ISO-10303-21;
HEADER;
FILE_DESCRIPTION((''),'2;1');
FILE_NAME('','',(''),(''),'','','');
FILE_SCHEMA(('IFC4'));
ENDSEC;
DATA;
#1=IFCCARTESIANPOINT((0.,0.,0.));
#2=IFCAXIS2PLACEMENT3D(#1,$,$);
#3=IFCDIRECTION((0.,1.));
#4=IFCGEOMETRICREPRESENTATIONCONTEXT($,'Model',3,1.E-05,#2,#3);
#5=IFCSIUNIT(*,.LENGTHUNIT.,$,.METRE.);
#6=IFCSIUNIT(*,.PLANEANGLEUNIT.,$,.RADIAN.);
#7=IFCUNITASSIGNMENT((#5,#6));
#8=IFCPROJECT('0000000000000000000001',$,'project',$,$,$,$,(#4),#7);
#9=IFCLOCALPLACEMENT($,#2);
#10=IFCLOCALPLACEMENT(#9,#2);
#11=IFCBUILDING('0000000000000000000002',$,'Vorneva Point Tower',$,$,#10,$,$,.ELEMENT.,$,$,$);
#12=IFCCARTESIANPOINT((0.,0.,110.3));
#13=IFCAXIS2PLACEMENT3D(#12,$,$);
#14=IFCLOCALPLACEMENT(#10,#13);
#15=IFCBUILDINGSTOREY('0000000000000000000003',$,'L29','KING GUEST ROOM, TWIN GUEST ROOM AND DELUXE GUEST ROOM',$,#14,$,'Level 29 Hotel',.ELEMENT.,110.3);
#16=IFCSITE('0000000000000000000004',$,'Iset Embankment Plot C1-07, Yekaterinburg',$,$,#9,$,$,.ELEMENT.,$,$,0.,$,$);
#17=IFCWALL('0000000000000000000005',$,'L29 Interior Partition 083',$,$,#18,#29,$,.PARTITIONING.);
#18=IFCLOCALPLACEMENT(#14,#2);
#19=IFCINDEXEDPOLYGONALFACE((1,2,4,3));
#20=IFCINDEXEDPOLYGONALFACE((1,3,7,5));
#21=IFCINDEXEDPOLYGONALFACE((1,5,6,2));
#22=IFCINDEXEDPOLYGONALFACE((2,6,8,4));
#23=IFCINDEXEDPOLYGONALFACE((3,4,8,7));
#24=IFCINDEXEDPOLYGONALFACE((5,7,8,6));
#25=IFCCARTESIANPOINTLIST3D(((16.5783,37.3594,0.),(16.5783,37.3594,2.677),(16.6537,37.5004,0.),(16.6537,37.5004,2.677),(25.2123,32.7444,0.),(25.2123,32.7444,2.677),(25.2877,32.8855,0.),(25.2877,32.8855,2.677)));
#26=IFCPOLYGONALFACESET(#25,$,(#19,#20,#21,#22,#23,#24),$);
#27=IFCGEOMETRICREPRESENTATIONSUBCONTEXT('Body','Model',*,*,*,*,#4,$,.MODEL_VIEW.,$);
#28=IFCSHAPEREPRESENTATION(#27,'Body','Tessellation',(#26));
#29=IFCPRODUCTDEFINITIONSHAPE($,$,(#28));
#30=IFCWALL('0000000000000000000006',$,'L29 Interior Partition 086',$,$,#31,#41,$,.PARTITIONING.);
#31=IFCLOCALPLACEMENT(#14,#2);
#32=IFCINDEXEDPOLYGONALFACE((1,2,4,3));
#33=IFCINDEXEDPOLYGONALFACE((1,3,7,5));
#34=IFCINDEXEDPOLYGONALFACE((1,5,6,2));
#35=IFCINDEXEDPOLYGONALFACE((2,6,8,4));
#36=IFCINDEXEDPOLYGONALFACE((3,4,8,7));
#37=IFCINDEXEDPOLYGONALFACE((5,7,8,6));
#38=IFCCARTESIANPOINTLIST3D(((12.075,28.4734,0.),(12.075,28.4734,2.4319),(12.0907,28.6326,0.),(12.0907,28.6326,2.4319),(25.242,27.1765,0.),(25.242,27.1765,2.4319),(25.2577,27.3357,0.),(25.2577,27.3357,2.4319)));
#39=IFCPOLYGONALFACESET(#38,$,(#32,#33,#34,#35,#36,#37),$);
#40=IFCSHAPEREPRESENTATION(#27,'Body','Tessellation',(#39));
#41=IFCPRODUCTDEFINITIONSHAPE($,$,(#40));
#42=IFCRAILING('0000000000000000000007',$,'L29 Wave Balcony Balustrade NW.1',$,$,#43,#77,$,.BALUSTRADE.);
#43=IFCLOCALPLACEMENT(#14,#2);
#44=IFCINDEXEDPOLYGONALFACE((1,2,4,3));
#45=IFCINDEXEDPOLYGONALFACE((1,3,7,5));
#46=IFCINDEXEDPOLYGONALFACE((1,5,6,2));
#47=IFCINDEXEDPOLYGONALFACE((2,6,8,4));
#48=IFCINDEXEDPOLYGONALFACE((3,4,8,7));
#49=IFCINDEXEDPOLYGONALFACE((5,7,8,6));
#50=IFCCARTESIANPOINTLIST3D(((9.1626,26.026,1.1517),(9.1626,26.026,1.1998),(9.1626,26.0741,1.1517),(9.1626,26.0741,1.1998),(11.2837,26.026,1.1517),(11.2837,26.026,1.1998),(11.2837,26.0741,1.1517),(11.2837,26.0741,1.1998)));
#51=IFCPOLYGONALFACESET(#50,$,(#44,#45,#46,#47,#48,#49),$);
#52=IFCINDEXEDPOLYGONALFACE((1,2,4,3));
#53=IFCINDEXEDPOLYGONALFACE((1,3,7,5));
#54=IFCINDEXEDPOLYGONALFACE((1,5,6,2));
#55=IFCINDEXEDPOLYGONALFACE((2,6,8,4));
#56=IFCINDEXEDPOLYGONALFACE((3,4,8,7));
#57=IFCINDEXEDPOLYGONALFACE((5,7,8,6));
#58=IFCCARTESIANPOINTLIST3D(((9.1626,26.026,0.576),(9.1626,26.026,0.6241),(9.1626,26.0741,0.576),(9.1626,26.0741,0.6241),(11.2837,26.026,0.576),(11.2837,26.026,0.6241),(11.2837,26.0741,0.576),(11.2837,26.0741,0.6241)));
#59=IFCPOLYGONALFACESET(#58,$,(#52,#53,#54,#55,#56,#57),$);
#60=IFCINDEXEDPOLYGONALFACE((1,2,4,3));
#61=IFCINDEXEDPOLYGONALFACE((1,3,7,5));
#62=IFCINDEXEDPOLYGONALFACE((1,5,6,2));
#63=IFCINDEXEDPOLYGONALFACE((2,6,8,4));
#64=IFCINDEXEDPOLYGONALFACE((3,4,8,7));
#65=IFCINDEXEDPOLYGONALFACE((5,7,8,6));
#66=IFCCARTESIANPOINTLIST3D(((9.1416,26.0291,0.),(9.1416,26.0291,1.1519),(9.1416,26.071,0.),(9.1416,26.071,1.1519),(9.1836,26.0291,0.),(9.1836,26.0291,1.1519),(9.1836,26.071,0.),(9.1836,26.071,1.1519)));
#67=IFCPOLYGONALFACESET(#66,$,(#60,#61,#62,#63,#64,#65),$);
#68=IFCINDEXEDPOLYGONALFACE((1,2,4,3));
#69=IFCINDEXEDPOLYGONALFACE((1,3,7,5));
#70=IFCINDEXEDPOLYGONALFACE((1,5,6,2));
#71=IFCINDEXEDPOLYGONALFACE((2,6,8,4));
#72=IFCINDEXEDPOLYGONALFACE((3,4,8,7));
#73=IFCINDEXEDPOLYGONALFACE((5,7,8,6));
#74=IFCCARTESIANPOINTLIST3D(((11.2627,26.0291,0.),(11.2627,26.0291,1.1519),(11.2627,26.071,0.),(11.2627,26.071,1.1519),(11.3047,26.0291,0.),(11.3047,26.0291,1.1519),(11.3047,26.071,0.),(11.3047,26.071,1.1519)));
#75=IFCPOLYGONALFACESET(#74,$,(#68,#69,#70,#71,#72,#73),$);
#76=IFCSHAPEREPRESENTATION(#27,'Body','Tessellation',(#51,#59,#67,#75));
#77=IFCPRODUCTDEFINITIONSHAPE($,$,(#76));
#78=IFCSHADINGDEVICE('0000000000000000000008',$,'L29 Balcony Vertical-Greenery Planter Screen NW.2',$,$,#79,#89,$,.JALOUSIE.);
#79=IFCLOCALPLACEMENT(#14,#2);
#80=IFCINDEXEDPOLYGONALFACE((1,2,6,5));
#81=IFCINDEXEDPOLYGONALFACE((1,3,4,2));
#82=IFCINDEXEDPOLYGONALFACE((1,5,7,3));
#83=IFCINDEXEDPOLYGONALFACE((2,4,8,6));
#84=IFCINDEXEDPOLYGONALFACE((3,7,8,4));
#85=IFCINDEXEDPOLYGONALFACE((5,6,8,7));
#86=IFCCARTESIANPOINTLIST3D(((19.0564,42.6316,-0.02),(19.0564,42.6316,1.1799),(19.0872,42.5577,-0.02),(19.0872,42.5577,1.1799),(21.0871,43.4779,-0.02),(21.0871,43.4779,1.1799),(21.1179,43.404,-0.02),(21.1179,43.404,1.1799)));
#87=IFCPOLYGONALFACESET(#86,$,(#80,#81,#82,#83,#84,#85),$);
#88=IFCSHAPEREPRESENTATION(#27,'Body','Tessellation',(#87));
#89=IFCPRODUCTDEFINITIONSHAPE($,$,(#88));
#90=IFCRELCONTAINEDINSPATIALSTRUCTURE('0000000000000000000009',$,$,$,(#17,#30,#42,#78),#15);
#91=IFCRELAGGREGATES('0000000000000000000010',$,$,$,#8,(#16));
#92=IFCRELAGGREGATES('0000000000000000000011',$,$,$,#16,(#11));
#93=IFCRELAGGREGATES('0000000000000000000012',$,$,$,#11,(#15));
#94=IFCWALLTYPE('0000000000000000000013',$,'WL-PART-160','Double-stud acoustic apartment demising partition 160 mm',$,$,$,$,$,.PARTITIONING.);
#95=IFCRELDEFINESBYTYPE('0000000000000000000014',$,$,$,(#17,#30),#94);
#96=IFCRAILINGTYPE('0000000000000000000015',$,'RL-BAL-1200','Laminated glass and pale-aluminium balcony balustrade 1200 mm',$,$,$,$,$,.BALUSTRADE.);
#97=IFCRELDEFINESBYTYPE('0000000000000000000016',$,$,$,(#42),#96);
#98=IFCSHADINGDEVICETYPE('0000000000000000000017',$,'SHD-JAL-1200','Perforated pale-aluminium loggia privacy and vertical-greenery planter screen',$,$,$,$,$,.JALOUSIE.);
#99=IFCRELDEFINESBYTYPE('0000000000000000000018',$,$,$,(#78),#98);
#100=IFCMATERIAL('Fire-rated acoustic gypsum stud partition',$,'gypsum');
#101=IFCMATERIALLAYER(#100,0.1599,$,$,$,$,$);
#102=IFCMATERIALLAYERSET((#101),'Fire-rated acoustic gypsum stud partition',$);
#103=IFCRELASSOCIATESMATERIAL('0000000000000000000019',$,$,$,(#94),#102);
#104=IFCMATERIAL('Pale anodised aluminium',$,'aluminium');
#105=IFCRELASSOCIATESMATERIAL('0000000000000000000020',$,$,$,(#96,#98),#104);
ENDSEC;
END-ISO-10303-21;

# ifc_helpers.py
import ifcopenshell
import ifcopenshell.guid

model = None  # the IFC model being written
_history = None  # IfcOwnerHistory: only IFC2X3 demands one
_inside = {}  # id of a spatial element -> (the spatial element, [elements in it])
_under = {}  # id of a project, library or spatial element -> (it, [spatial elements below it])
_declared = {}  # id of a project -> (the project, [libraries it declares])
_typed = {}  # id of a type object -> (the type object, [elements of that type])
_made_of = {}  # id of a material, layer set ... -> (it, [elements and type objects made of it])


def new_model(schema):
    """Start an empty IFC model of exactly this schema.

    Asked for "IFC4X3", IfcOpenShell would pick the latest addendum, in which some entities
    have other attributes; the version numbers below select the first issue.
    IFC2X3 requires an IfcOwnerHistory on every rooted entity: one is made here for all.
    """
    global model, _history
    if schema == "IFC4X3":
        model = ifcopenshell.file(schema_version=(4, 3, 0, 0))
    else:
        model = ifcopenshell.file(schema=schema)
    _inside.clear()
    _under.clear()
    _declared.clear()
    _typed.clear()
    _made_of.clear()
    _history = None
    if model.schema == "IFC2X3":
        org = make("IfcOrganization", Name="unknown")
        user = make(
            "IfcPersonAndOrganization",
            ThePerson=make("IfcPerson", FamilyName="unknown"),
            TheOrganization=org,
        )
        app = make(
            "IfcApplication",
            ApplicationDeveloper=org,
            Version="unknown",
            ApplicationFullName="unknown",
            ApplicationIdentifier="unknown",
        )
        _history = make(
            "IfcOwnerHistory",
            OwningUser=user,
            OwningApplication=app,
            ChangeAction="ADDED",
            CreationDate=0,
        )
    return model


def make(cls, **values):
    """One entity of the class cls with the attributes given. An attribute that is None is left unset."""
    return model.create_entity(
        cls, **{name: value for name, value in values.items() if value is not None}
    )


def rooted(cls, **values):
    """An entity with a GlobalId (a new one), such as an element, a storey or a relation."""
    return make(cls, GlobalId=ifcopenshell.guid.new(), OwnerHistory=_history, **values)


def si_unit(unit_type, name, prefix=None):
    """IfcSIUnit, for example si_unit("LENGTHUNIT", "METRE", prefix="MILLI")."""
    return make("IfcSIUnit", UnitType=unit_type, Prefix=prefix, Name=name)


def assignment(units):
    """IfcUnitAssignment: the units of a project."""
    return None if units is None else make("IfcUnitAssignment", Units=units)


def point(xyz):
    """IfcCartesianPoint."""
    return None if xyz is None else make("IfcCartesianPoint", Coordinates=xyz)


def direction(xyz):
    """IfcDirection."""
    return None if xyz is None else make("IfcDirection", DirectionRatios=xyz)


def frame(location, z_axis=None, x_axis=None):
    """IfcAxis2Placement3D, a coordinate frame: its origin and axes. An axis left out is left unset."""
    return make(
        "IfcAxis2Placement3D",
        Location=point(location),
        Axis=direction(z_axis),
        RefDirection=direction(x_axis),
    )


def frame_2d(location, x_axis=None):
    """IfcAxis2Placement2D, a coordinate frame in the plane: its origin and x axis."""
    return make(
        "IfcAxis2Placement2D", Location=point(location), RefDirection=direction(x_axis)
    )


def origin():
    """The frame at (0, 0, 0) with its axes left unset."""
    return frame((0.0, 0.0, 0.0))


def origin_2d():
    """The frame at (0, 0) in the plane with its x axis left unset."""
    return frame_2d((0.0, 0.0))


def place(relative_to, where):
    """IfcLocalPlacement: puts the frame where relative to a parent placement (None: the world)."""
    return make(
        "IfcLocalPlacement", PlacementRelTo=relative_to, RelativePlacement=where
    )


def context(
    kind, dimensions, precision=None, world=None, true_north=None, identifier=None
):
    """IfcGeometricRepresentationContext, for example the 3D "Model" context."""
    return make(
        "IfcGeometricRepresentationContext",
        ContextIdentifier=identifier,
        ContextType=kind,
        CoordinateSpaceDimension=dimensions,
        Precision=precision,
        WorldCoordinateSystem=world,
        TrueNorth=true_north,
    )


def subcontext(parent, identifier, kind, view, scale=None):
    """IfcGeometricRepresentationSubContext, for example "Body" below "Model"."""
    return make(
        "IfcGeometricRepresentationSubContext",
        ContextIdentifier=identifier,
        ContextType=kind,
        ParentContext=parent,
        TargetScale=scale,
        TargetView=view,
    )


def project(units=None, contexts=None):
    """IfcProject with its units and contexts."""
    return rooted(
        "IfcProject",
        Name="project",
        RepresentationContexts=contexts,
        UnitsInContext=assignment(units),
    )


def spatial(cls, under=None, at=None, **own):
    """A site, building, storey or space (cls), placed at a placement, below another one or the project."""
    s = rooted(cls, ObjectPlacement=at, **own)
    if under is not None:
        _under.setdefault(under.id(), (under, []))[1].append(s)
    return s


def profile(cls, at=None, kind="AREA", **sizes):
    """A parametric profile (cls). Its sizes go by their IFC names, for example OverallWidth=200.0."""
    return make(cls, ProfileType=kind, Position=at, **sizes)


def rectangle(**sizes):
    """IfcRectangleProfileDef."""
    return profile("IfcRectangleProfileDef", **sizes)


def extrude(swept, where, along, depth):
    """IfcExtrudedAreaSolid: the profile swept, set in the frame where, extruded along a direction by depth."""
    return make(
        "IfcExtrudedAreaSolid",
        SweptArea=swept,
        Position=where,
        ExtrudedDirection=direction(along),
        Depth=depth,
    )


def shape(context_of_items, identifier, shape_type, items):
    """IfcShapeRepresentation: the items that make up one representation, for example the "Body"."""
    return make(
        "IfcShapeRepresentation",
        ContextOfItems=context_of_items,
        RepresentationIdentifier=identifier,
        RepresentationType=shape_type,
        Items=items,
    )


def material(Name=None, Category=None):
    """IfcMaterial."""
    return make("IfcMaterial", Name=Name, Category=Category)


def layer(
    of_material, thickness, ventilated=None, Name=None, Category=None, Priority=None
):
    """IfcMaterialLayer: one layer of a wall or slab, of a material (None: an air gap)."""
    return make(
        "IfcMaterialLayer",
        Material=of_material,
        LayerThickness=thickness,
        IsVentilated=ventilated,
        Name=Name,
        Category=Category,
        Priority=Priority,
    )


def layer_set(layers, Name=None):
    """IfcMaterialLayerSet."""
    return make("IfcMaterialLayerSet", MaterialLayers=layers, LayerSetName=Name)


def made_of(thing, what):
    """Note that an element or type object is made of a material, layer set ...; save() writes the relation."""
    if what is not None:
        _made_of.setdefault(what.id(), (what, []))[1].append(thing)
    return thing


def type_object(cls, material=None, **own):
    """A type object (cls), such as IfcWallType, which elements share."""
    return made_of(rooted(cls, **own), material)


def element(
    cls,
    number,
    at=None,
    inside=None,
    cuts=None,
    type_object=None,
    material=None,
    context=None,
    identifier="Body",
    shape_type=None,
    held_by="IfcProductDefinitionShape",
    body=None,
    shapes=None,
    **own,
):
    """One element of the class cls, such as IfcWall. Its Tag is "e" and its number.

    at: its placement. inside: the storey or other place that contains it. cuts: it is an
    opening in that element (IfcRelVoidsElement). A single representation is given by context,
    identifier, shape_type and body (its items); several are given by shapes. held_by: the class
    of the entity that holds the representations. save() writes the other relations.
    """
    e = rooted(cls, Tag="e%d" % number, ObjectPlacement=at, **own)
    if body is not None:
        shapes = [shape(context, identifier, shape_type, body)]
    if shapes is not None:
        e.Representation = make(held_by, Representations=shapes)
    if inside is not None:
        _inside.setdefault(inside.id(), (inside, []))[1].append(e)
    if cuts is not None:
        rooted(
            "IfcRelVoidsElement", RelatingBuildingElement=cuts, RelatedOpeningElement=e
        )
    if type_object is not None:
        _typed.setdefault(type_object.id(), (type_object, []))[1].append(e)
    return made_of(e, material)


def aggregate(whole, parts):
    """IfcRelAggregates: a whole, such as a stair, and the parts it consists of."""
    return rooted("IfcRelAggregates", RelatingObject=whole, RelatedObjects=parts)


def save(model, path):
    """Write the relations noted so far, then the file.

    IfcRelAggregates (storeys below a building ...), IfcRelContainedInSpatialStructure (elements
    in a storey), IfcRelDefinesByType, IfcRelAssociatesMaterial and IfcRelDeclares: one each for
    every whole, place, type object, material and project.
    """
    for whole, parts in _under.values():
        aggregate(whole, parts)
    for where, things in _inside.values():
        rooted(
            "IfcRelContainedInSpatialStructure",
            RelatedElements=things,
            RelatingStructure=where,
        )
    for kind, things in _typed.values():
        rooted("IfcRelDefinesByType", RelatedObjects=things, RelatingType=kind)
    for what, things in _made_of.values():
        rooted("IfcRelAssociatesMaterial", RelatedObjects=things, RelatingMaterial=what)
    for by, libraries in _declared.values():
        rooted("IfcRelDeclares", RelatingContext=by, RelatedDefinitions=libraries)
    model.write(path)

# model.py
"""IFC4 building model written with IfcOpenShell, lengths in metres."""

from ifc_helpers import new_model, si_unit, direction, frame, frame_2d, origin, origin_2d, place, context, subcontext, project, spatial, rectangle, extrude, material, layer, layer_set, type_object, element, save


model = new_model("IFC4")

# Units and contexts
model_context = context("Model", 3, precision=1e-05, world=origin(), true_north=direction((0.0, 1.0)))
body_context = subcontext(model_context, "Body", "Model", "MODEL_VIEW")
ifc_project = project(units=[si_unit("LENGTHUNIT", "METRE"), si_unit("PLANEANGLEUNIT", "RADIAN")], contexts=[model_context])

# Site, building, storey
site_placement = place(None, origin())
site = spatial("IfcSite", under=ifc_project, at=site_placement, Name="Iset Embankment Plot C1-07, Yekaterinburg", CompositionType="ELEMENT", RefElevation=0.0)
building_placement = place(site_placement, origin())
building = spatial("IfcBuilding", under=site, at=building_placement, Name="Vorneva Point Tower", CompositionType="ELEMENT")
storey_placement = place(building_placement, frame((0.0, 0.0, 110.3)))
storey = spatial("IfcBuildingStorey", under=building, at=storey_placement, Name="L29", Description="KING GUEST ROOM, TWIN GUEST ROOM AND DELUXE GUEST ROOM", LongName="Level 29 Hotel", CompositionType="ELEMENT", Elevation=110.3)

# Shared definitions
ifc_material_1 = material(Name="Pale anodised aluminium", Category="aluminium")

# Walls
ifc_material_2 = material(Name="Fire-rated acoustic gypsum stud partition", Category="gypsum")
ifc_layer_1 = layer(ifc_material_2, 0.1599)
ifc_layer_set_1 = layer_set([ifc_layer_1], Name="Fire-rated acoustic gypsum stud partition")
wall_type_1 = type_object("IfcWallType", Name="WL-PART-160", Description="Double-stud acoustic apartment demising partition 160 mm", PredefinedType="PARTITIONING", material=ifc_layer_set_1)
wall_1_placement = place(storey_placement, frame((16.616, 37.4299, 0.0), z_axis=(0.0, 0.0, 1.0), x_axis=(0.881921, -0.471397, 0.0)))
element("IfcWall", 1, at=wall_1_placement, inside=storey, type_object=wall_type_1, Name="L29 Interior Partition 083", PredefinedType="PARTITIONING", context=body_context, shape_type="SweptSolid", body=[
    extrude(rectangle(XDim=9.79, YDim=0.1599, at=frame_2d((4.895, 0.0))), origin(), (0.0, 0.0, 1.0), 2.677),
])
wall_2_placement = place(storey_placement, frame((12.083, 28.553, 0.0), z_axis=(0.0, 0.0, 1.0), x_axis=(0.995184, -0.09802, 0.0)))
element("IfcWall", 2, at=wall_2_placement, inside=storey, type_object=wall_type_1, Name="L29 Interior Partition 086", PredefinedType="PARTITIONING", context=body_context, shape_type="SweptSolid", body=[
    extrude(rectangle(XDim=13.2307, YDim=0.1599, at=frame_2d((6.6152, 0.0))), origin(), (0.0, 0.0, 1.0), 2.4319),
])

# Railing
railing_type = type_object("IfcRailingType", Name="RL-BAL-1200", Description="Laminated glass and pale-aluminium balcony balustrade 1200 mm", PredefinedType="BALUSTRADE", material=ifc_material_1)
railing_placement = place(storey_placement, frame((9.1626, 26.05, 0.0)))
element("IfcRailing", 3, at=railing_placement, inside=storey, type_object=railing_type, Name="L29 Wave Balcony Balustrade NW.1", PredefinedType="BALUSTRADE", context=body_context, shape_type="SweptSolid", body=[
    extrude(rectangle(XDim=0.0481, YDim=0.0481, at=origin_2d()), frame((0.0, 0.0, 1.1758), z_axis=(1.0, 0.0, 0.0), x_axis=(0.0, 1.0, 0.0)), (0.0, 0.0, 1.0), 2.1211),
    extrude(rectangle(XDim=0.0481, YDim=0.0481, at=origin_2d()), frame((0.0, 0.0, 0.6001), z_axis=(1.0, 0.0, 0.0), x_axis=(0.0, 1.0, 0.0)), (0.0, 0.0, 1.0), 2.1211),
    extrude(rectangle(XDim=0.042, YDim=0.042, at=origin_2d()), origin(), (0.0, 0.0, 1.0), 1.1519),
    extrude(rectangle(XDim=0.042, YDim=0.042, at=origin_2d()), frame((2.1211, 0.0, 0.0)), (0.0, 0.0, 1.0), 1.1519),
])

# Shading device
shading_device_type = type_object("IfcShadingDeviceType", Name="SHD-JAL-1200", Description="Perforated pale-aluminium loggia privacy and vertical-greenery planter screen", PredefinedType="JALOUSIE", material=ifc_material_1)
shading_device_placement = place(storey_placement, frame((20.0872, 43.0178, -0.02), z_axis=(0.0, 0.0, 1.0), x_axis=(-0.923042, -0.384698, 0.0)))
element("IfcShadingDevice", 4, at=shading_device_placement, inside=storey, type_object=shading_device_type, Name="L29 Balcony Vertical-Greenery Planter Screen NW.2", PredefinedType="JALOUSIE", context=body_context, shape_type="SweptSolid", body=[
    extrude(rectangle(XDim=2.2, YDim=0.0801, at=origin_2d()), origin(), (0.0, 0.0, 1.0), 1.2),
])

save(model, "model.ifc")
